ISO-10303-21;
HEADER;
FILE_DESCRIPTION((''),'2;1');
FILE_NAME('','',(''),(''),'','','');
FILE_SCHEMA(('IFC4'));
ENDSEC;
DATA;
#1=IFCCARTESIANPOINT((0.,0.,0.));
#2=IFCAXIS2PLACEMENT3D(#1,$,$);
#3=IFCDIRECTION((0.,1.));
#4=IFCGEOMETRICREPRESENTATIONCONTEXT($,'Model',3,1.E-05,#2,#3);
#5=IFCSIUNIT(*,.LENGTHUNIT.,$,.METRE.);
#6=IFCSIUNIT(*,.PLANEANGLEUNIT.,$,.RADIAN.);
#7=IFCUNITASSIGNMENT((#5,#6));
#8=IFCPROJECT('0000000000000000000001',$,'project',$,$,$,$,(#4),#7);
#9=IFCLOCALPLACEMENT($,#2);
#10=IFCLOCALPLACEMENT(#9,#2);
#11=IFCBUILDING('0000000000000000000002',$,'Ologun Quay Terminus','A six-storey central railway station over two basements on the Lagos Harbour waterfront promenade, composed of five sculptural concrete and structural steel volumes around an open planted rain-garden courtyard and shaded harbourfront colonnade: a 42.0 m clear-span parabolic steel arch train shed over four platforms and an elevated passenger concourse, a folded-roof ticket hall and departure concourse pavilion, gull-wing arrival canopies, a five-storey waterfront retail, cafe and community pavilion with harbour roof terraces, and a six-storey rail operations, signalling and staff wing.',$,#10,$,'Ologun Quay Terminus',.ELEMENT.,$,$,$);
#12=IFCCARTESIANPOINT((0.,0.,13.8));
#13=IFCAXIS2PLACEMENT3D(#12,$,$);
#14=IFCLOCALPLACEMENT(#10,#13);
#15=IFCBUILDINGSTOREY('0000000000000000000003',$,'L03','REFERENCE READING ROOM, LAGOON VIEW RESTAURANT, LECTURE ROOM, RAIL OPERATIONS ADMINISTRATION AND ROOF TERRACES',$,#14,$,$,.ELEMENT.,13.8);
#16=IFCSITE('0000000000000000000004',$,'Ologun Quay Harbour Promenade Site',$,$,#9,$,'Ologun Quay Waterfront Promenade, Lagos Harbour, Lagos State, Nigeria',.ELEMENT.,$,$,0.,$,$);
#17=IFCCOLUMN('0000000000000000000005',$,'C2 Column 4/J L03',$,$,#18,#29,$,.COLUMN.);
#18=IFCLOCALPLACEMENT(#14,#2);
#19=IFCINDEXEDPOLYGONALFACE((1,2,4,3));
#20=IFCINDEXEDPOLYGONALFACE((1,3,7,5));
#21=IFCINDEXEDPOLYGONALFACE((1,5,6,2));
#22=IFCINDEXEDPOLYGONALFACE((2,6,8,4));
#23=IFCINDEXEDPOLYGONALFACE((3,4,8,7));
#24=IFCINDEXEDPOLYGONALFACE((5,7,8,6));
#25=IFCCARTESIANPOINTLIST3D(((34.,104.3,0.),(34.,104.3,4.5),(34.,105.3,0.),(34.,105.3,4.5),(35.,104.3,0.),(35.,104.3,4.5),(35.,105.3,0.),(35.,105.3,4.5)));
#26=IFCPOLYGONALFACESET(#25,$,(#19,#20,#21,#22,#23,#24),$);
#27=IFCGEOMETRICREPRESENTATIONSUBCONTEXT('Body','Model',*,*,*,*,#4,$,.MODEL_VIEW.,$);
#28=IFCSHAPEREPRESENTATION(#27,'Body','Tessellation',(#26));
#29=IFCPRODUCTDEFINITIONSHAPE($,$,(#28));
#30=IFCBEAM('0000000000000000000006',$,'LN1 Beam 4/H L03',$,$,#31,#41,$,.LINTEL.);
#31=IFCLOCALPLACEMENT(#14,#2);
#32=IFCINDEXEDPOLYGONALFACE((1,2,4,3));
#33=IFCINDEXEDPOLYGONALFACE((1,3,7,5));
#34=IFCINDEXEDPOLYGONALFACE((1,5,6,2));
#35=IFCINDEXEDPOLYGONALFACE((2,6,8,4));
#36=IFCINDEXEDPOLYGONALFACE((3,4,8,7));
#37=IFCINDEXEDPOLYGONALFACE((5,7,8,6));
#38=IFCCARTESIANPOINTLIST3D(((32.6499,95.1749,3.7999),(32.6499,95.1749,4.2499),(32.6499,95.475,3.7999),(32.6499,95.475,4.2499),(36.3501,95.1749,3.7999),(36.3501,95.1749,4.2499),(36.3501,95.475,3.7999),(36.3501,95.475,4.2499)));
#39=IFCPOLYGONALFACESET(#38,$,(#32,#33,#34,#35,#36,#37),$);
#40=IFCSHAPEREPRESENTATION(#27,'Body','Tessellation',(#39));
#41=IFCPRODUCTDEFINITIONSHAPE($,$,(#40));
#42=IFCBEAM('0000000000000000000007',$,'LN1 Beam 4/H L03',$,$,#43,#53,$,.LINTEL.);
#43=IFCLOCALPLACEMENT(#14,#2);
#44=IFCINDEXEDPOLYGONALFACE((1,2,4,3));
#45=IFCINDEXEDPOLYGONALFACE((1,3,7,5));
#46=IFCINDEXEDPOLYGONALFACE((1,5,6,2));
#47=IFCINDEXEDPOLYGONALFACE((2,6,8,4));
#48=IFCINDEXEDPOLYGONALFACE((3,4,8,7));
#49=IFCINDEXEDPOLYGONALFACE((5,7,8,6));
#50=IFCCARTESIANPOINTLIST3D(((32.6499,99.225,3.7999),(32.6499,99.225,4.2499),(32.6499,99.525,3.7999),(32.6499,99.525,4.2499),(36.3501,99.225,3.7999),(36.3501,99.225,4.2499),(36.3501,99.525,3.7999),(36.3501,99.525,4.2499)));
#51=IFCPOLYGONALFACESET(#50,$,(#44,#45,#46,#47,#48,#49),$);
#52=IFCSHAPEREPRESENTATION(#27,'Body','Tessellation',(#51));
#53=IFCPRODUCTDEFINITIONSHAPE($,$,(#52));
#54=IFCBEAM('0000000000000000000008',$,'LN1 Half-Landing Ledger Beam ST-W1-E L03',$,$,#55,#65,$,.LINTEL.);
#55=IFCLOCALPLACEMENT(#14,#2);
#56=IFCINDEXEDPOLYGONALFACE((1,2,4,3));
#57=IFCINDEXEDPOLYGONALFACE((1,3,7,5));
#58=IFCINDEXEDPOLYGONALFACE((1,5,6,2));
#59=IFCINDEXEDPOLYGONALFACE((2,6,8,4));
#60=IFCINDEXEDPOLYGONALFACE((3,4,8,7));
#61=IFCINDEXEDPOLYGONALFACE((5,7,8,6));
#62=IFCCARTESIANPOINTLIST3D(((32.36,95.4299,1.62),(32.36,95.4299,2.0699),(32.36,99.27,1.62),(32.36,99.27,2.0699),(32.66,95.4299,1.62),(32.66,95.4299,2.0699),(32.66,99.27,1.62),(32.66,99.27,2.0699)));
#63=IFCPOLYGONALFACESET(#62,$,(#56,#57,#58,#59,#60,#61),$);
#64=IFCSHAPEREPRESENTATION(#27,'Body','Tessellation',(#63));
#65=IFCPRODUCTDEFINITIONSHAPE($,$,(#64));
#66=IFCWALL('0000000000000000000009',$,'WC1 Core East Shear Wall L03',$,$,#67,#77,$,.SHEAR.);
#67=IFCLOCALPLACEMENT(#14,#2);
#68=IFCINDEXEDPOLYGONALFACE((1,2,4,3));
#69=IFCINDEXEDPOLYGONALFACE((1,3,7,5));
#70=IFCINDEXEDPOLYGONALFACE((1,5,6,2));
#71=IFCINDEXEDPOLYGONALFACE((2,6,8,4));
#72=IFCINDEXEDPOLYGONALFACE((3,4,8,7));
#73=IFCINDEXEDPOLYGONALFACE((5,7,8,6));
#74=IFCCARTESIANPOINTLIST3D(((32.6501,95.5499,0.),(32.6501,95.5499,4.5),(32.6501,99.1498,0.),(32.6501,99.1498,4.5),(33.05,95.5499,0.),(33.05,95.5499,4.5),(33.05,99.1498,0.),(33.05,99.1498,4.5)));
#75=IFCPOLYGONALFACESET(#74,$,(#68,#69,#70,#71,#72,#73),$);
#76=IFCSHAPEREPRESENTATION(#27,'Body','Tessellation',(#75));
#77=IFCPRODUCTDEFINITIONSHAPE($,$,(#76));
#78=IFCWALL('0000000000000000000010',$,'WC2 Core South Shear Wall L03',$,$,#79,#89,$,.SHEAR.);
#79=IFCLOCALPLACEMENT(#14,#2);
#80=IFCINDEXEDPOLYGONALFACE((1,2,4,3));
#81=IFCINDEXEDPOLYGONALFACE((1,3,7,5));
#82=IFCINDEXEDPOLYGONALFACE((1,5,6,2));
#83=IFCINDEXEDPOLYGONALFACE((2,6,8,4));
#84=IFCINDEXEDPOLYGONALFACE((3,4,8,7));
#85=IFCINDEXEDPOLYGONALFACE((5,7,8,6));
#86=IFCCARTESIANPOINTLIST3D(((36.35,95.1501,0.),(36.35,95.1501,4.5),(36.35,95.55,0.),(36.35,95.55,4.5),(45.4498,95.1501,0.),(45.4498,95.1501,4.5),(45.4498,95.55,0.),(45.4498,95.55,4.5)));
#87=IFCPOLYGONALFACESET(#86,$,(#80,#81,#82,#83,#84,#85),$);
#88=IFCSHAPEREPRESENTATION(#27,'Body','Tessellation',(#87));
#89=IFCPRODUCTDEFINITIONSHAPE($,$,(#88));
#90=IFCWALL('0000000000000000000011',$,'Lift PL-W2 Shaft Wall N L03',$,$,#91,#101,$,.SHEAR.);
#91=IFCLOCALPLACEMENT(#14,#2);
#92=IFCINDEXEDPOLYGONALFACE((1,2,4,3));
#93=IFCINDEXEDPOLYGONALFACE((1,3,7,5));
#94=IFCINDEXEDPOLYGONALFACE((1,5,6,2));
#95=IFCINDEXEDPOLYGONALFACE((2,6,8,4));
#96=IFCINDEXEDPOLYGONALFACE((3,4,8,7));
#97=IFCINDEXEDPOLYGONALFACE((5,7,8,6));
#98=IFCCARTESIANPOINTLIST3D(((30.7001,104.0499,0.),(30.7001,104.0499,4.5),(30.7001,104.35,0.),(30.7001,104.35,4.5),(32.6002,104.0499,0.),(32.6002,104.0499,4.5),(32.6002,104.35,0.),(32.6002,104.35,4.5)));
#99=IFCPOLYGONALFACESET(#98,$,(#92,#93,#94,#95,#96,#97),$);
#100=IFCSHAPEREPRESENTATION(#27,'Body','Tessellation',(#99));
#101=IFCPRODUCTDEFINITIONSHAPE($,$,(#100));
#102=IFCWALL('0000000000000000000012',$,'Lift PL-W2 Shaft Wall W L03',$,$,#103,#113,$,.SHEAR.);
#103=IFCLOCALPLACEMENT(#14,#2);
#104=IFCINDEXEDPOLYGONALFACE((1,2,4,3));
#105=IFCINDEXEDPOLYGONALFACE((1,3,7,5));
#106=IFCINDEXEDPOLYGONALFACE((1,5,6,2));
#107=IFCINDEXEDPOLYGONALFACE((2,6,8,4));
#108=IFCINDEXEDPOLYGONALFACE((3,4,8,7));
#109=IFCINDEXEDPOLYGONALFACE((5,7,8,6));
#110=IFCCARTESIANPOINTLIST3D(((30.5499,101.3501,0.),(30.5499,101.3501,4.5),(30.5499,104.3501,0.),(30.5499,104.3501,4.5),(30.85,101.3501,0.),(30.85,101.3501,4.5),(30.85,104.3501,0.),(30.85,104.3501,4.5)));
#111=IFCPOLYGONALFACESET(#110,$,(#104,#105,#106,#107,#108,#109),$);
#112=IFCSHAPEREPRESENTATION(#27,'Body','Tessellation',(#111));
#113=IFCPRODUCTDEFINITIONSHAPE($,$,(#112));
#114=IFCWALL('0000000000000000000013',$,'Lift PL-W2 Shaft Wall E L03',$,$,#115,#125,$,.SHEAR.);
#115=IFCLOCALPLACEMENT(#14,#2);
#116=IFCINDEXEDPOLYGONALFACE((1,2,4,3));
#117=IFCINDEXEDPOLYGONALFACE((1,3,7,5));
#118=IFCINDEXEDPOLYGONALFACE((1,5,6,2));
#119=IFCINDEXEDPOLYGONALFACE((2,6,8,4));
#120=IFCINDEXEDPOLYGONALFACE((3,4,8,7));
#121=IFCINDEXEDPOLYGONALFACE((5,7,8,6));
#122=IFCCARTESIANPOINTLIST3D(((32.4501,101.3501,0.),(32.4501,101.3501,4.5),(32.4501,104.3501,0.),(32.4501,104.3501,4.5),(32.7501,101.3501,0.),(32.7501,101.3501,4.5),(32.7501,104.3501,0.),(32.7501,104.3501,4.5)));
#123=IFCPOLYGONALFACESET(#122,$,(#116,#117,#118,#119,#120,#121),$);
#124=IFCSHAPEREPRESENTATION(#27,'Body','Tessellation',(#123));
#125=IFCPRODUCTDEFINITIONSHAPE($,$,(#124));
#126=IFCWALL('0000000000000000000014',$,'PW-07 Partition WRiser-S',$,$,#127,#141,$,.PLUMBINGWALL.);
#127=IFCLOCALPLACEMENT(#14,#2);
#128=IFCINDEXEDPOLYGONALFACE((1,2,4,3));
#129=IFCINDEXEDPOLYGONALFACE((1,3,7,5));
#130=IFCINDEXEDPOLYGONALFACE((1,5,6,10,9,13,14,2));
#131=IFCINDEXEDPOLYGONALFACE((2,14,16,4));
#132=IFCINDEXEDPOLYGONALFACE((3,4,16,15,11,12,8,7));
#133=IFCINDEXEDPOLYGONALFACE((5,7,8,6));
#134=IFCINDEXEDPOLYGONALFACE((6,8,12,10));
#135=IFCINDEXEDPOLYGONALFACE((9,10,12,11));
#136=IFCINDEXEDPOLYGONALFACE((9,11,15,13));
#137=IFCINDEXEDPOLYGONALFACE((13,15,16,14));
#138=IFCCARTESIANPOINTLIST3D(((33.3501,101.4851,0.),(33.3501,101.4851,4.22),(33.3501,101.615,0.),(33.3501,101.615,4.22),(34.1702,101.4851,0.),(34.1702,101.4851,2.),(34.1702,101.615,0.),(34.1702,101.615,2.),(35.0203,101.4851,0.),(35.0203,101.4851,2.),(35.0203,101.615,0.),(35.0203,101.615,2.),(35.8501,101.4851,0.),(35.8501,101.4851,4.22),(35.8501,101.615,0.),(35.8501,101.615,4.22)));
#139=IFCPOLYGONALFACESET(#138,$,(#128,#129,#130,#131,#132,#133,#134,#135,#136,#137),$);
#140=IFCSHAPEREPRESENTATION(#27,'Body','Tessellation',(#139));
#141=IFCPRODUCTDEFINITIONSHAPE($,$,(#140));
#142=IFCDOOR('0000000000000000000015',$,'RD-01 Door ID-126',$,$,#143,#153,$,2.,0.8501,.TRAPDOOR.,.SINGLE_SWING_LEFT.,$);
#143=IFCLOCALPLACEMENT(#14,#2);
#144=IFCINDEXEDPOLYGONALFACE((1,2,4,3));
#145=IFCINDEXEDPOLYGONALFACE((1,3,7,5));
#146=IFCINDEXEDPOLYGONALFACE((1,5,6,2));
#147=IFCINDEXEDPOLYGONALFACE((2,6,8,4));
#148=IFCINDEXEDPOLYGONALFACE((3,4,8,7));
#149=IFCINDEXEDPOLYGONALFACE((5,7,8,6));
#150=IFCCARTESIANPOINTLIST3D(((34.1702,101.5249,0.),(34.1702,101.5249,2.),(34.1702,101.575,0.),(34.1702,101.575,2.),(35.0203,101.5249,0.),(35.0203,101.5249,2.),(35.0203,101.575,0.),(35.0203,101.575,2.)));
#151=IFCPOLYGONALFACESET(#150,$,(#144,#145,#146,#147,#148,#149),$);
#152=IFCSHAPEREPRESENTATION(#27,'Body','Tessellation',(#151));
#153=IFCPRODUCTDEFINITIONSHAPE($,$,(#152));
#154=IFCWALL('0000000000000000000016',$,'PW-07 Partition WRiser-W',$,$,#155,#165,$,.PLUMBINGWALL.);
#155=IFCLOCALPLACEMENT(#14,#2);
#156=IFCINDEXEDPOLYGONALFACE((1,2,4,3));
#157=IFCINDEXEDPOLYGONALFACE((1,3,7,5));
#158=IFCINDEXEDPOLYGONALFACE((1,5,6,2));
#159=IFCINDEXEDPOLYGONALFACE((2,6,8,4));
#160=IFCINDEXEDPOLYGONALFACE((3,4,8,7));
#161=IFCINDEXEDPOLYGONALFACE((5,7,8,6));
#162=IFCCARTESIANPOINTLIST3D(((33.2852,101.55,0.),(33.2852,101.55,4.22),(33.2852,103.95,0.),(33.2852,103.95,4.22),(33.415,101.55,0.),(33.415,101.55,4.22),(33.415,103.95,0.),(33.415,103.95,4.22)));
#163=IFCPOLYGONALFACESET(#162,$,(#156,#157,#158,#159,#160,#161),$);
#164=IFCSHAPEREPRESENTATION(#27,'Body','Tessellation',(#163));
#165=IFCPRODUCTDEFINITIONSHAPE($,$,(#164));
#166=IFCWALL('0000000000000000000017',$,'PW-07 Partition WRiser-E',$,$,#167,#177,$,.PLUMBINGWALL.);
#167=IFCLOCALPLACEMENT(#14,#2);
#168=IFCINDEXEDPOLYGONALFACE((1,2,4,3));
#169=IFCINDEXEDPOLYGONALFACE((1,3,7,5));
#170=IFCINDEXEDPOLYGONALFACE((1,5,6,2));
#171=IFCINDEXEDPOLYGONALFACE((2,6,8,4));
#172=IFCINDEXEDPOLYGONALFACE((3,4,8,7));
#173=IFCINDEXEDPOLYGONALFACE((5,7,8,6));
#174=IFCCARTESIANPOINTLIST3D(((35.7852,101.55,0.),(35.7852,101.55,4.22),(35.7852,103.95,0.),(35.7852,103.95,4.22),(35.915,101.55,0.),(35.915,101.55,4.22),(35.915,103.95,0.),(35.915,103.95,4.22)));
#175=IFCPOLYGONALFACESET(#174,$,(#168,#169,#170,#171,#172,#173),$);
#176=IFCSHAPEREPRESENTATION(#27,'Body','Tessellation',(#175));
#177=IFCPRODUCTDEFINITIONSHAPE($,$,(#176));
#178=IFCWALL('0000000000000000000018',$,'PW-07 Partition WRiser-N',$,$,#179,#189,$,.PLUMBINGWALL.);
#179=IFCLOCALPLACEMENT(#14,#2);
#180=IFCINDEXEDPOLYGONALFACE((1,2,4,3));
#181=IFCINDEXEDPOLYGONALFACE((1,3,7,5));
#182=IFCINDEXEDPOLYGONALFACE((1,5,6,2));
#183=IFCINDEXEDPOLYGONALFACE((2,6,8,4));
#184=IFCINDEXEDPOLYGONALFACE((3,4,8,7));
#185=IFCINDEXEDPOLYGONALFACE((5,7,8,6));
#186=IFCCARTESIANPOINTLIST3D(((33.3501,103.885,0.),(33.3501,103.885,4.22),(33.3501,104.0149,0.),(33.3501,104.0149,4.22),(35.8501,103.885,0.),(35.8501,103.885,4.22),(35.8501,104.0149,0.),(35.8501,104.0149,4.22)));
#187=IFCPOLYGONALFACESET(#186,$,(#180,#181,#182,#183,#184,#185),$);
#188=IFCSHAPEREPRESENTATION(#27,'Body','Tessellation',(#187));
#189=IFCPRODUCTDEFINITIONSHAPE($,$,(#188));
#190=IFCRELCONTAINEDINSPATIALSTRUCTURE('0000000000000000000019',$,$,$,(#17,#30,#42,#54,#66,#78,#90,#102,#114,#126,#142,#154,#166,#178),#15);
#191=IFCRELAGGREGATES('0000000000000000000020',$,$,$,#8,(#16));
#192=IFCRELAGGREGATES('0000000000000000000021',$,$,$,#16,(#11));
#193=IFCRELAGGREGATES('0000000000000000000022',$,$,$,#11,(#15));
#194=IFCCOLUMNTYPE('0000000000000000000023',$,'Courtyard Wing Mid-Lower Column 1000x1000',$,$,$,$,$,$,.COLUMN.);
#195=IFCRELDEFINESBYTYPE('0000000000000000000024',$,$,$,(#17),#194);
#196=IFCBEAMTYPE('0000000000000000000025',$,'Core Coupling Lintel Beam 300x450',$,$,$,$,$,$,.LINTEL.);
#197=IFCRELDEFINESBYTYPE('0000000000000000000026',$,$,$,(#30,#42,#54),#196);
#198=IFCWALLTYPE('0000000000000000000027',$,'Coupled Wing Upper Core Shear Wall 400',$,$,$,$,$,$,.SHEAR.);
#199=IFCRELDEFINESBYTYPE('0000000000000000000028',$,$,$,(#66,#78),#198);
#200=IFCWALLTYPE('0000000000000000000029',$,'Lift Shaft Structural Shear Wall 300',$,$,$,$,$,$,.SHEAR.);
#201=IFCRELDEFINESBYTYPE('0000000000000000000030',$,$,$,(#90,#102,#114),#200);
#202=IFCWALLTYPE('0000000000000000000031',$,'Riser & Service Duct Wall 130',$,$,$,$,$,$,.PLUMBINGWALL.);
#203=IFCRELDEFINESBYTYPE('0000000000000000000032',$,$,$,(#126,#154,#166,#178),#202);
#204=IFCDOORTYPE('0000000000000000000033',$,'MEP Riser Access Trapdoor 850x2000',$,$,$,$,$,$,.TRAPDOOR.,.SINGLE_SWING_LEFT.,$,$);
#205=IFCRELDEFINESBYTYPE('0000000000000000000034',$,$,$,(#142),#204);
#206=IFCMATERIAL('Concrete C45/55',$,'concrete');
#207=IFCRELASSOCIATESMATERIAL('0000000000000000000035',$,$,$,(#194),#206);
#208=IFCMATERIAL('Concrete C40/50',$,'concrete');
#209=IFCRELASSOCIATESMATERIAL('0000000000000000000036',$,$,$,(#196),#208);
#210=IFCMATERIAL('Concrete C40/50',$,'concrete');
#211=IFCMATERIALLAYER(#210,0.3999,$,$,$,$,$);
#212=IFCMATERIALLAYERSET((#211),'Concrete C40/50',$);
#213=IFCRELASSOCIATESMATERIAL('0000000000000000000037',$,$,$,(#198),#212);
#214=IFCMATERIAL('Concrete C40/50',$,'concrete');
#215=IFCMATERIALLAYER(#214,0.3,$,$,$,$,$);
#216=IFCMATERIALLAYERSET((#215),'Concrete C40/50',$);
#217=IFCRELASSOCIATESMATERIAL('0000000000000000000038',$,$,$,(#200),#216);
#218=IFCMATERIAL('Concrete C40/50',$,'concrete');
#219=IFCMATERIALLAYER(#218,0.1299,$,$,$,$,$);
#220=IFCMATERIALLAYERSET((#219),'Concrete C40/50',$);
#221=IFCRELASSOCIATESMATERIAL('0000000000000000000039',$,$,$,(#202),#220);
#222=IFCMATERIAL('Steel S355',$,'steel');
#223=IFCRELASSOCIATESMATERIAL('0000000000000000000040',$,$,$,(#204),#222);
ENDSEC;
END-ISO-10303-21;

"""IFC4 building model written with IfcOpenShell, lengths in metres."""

from ifc_helpers import new_model, si_unit, direction, frame, frame_2d, origin, origin_2d, place, context, subcontext, project, spatial, rectangle, extrude, material, layer, layer_set, material_profile, profile_set, type_object, element, fill, save


model = new_model("IFC4")

# Units and contexts
model_context = context("Model", 3, precision=1e-05, world=origin(), true_north=direction((0.0, 1.0)))
body_context = subcontext(model_context, "Body", "Model", "MODEL_VIEW")
ifc_project = project(units=[si_unit("LENGTHUNIT", "METRE"), si_unit("PLANEANGLEUNIT", "RADIAN")], contexts=[model_context])

# Site, building, storey
site_placement = place(None, origin())
site = spatial("IfcSite", under=ifc_project, at=site_placement, Name="Ologun Quay Harbour Promenade Site", LongName="Ologun Quay Waterfront Promenade, Lagos Harbour, Lagos State, Nigeria", CompositionType="ELEMENT", RefElevation=0.0)
building_placement = place(site_placement, origin())
building = spatial("IfcBuilding", under=site, at=building_placement, Name="Ologun Quay Terminus", Description="A six-storey central railway station over two basements on the Lagos Harbour waterfront promenade, composed of five sculptural concrete and structural steel volumes around an open planted rain-garden courtyard and shaded harbourfront colonnade: a 42.0 m clear-span parabolic steel arch train shed over four platforms and an elevated passenger concourse, a folded-roof ticket hall and departure concourse pavilion, gull-wing arrival canopies, a five-storey waterfront retail, cafe and community pavilion with harbour roof terraces, and a six-storey rail operations, signalling and staff wing.", LongName="Ologun Quay Terminus", CompositionType="ELEMENT")
storey_placement = place(building_placement, frame((0.0, 0.0, 13.8)))
storey = spatial("IfcBuildingStorey", under=building, at=storey_placement, Name="L03", Description="REFERENCE READING ROOM, LAGOON VIEW RESTAURANT, LECTURE ROOM, RAIL OPERATIONS ADMINISTRATION AND ROOF TERRACES", CompositionType="ELEMENT", Elevation=13.8)

# Column
ifc_material_1 = material(Name="Concrete C45/55", Category="concrete")
ifc_material_profile_1 = material_profile(ifc_material_1, rectangle(XDim=1.0, YDim=1.0, at=origin_2d()), Name="RC 1000x1000")
ifc_profile_set_1 = profile_set([ifc_material_profile_1], Name="Concrete C45/55")
column_type = type_object("IfcColumnType", Name="Courtyard Wing Mid-Lower Column 1000x1000", PredefinedType="COLUMN", material=ifc_profile_set_1)
column_placement = place(storey_placement, frame((34.5, 104.8, 0.0), z_axis=(0.0, 0.0, 1.0), x_axis=(1.0, 0.0, 0.0)))
element("IfcColumn", 1, at=column_placement, inside=storey, type_object=column_type, Name="C2 Column 4/J L03", PredefinedType="COLUMN", context=body_context, shape_type="SweptSolid", body=[
    extrude(rectangle(XDim=1.0, YDim=1.0, at=origin_2d()), origin(), (0.0, 0.0, 1.0), 4.5),
])

# Beams
ifc_material_2 = material(Name="Concrete C40/50", Category="concrete")
ifc_material_profile_2 = material_profile(ifc_material_2, rectangle(XDim=0.3, YDim=0.45, at=origin_2d()), Name="RC 300x450")
ifc_profile_set_2 = profile_set([ifc_material_profile_2], Name="Concrete C40/50")
beam_type = type_object("IfcBeamType", Name="Core Coupling Lintel Beam 300x450", PredefinedType="LINTEL", material=ifc_profile_set_2)
for number, where, z_axis, x_axis, name in (
    (2, (32.6499, 95.325, 4.0249), (1.0, 0.0, 0.0), (0.0, 1.0, 0.0), "LN1 Beam 4/H L03"),
    (3, (32.6499, 99.375, 4.0249), (1.0, 0.0, 0.0), (0.0, 1.0, 0.0), "LN1 Beam 4/H L03"),
):
    element("IfcBeam", number, at=place(storey_placement, frame(where, z_axis=z_axis, x_axis=x_axis)), inside=storey, type_object=beam_type, Name=name, PredefinedType="LINTEL", context=body_context, shape_type="SweptSolid", body=[
        extrude(rectangle(XDim=0.3, YDim=0.45, at=origin_2d()), origin(), (0.0, 0.0, 1.0), 3.7002),
    ])
beam_placement = place(storey_placement, frame((32.51, 95.4299, 1.845), z_axis=(0.0, 1.0, 0.0), x_axis=(-1.0, 0.0, 0.0)))
element("IfcBeam", 4, at=beam_placement, inside=storey, type_object=beam_type, Name="LN1 Half-Landing Ledger Beam ST-W1-E L03", PredefinedType="LINTEL", context=body_context, shape_type="SweptSolid", body=[
    extrude(rectangle(XDim=0.3, YDim=0.45, at=origin_2d()), origin(), (0.0, 0.0, 1.0), 3.8401),
])

# Walls
ifc_material_3 = material(Name="Concrete C40/50", Category="concrete")
ifc_layer_1 = layer(ifc_material_3, 0.3999)
ifc_layer_set_1 = layer_set([ifc_layer_1], Name="Concrete C40/50")
wall_type_1 = type_object("IfcWallType", Name="Coupled Wing Upper Core Shear Wall 400", PredefinedType="SHEAR", material=ifc_layer_set_1)
wall_1_placement = place(storey_placement, frame((32.8501, 95.55, 0.0), z_axis=(0.0, 0.0, 1.0), x_axis=(0.0, 1.0, 0.0)))
element("IfcWall", 5, at=wall_1_placement, inside=storey, type_object=wall_type_1, Name="WC1 Core East Shear Wall L03", PredefinedType="SHEAR", context=body_context, shape_type="SweptSolid", body=[
    extrude(rectangle(XDim=3.5999, YDim=0.3999, at=frame_2d((1.7998, 0.0))), origin(), (0.0, 0.0, 1.0), 4.5),
])
wall_2_placement = place(storey_placement, frame((36.3501, 95.3501, 0.0), z_axis=(0.0, 0.0, 1.0), x_axis=(1.0, 0.0, 0.0)))
element("IfcWall", 6, at=wall_2_placement, inside=storey, type_object=wall_type_1, Name="WC2 Core South Shear Wall L03", PredefinedType="SHEAR", context=body_context, shape_type="SweptSolid", body=[
    extrude(rectangle(XDim=9.0999, YDim=0.3999, at=frame_2d((4.5498, 0.0))), origin(), (0.0, 0.0, 1.0), 4.5),
])

# Shared definitions
ifc_material_4 = material(Name="Concrete C40/50", Category="concrete")
ifc_layer_2 = layer(ifc_material_4, 0.3)
ifc_layer_set_2 = layer_set([ifc_layer_2], Name="Concrete C40/50")
wall_type_2 = type_object("IfcWallType", Name="Lift Shaft Structural Shear Wall 300", PredefinedType="SHEAR", material=ifc_layer_set_2)

# Walls
wall_3_placement = place(storey_placement, frame((30.7, 104.2, 0.0), z_axis=(0.0, 0.0, 1.0), x_axis=(1.0, 0.0, 0.0)))
element("IfcWall", 7, at=wall_3_placement, inside=storey, type_object=wall_type_2, Name="Lift PL-W2 Shaft Wall N L03", PredefinedType="SHEAR", context=body_context, shape_type="SweptSolid", body=[
    extrude(rectangle(XDim=1.9001, YDim=0.3, at=frame_2d((0.9502, 0.0))), origin(), (0.0, 0.0, 1.0), 4.5),
])
for number, where, z_axis, x_axis, name in (
    (8, (30.7, 101.3501, 0.0), (0.0, 0.0, 1.0), (0.0, 1.0, 0.0), "Lift PL-W2 Shaft Wall W L03"),
    (9, (32.6001, 101.3501, 0.0), (0.0, 0.0, 1.0), (0.0, 1.0, 0.0), "Lift PL-W2 Shaft Wall E L03"),
):
    element("IfcWall", number, at=place(storey_placement, frame(where, z_axis=z_axis, x_axis=x_axis)), inside=storey, type_object=wall_type_2, Name=name, PredefinedType="SHEAR", context=body_context, shape_type="SweptSolid", body=[
        extrude(rectangle(XDim=3.0, YDim=0.3, at=frame_2d((1.5, 0.0))), origin(), (0.0, 0.0, 1.0), 4.5),
    ])

# Wall, opening, door
ifc_material_5 = material(Name="Concrete C40/50", Category="concrete")
ifc_layer_3 = layer(ifc_material_5, 0.1299)
ifc_layer_set_3 = layer_set([ifc_layer_3], Name="Concrete C40/50")
wall_type_3 = type_object("IfcWallType", Name="Riser & Service Duct Wall 130", PredefinedType="PLUMBINGWALL", material=ifc_layer_set_3)
wall_4_placement = place(storey_placement, frame((33.3501, 101.55, 0.0), z_axis=(0.0, 0.0, 1.0), x_axis=(1.0, 0.0, 0.0)))
wall_4 = element("IfcWall", 10, at=wall_4_placement, inside=storey, type_object=wall_type_3, Name="PW-07 Partition WRiser-S", PredefinedType="PLUMBINGWALL", context=body_context, shape_type="SweptSolid", body=[
    extrude(rectangle(XDim=2.5, YDim=0.1299, at=frame_2d((1.25, 0.0))), origin(), (0.0, 0.0, 1.0), 4.22),
])
opening_1_placement = place(wall_4_placement, frame((0.8201, 0.0, 0.0)))
opening_1 = element("IfcOpeningElement", 11, at=opening_1_placement, cuts=wall_4, PredefinedType="OPENING", context=body_context, shape_type="SweptSolid", body=[
    extrude(rectangle(XDim=0.8501, YDim=2.0, at=frame_2d((0.425, 1.0))), frame((0.0, 0.075, 0.0), z_axis=(0.0, -1.0, 0.0), x_axis=(1.0, 0.0, 0.0)), (0.0, 0.0, 1.0), 0.1499),
])
ifc_material_6 = material(Name="Steel S355", Category="steel")
door_type_1 = type_object("IfcDoorType", Name="MEP Riser Access Trapdoor 850x2000", OperationType="SINGLE_SWING_LEFT", PredefinedType="TRAPDOOR", material=ifc_material_6)
door_1_placement = place(opening_1_placement, origin())
door_1 = element("IfcDoor", 12, at=door_1_placement, inside=storey, type_object=door_type_1, Name="RD-01 Door ID-126", OperationType="SINGLE_SWING_LEFT", OverallHeight=2.0, OverallWidth=0.8501, PredefinedType="TRAPDOOR", context=body_context, shape_type="SweptSolid", body=[
    extrude(rectangle(XDim=0.8501, YDim=2.0, at=frame_2d((0.425, 1.0))), frame((0.0, 0.0249, 0.0), z_axis=(0.0, -1.0, 0.0), x_axis=(1.0, 0.0, 0.0)), (0.0, 0.0, 1.0), 0.05),
])
fill(opening_1, door_1)

# Walls
for number, where, z_axis, x_axis, name in (
    (13, (33.3501, 101.55, 0.0), (0.0, 0.0, 1.0), (0.0, 1.0, 0.0), "PW-07 Partition WRiser-W"),
    (14, (35.8501, 101.55, 0.0), (0.0, 0.0, 1.0), (0.0, 1.0, 0.0), "PW-07 Partition WRiser-E"),
):
    element("IfcWall", number, at=place(storey_placement, frame(where, z_axis=z_axis, x_axis=x_axis)), inside=storey, type_object=wall_type_3, Name=name, PredefinedType="PLUMBINGWALL", context=body_context, shape_type="SweptSolid", body=[
        extrude(rectangle(XDim=2.3999, YDim=0.1299, at=frame_2d((1.2, 0.0))), origin(), (0.0, 0.0, 1.0), 4.22),
    ])
wall_5_placement = place(storey_placement, frame((33.3501, 103.95, 0.0), z_axis=(0.0, 0.0, 1.0), x_axis=(1.0, 0.0, 0.0)))
element("IfcWall", 15, at=wall_5_placement, inside=storey, type_object=wall_type_3, Name="PW-07 Partition WRiser-N", PredefinedType="PLUMBINGWALL", context=body_context, shape_type="SweptSolid", body=[
    extrude(rectangle(XDim=2.5, YDim=0.1299, at=frame_2d((1.25, 0.0))), origin(), (0.0, 0.0, 1.0), 4.22),
])

save(model, "model.ifc")
